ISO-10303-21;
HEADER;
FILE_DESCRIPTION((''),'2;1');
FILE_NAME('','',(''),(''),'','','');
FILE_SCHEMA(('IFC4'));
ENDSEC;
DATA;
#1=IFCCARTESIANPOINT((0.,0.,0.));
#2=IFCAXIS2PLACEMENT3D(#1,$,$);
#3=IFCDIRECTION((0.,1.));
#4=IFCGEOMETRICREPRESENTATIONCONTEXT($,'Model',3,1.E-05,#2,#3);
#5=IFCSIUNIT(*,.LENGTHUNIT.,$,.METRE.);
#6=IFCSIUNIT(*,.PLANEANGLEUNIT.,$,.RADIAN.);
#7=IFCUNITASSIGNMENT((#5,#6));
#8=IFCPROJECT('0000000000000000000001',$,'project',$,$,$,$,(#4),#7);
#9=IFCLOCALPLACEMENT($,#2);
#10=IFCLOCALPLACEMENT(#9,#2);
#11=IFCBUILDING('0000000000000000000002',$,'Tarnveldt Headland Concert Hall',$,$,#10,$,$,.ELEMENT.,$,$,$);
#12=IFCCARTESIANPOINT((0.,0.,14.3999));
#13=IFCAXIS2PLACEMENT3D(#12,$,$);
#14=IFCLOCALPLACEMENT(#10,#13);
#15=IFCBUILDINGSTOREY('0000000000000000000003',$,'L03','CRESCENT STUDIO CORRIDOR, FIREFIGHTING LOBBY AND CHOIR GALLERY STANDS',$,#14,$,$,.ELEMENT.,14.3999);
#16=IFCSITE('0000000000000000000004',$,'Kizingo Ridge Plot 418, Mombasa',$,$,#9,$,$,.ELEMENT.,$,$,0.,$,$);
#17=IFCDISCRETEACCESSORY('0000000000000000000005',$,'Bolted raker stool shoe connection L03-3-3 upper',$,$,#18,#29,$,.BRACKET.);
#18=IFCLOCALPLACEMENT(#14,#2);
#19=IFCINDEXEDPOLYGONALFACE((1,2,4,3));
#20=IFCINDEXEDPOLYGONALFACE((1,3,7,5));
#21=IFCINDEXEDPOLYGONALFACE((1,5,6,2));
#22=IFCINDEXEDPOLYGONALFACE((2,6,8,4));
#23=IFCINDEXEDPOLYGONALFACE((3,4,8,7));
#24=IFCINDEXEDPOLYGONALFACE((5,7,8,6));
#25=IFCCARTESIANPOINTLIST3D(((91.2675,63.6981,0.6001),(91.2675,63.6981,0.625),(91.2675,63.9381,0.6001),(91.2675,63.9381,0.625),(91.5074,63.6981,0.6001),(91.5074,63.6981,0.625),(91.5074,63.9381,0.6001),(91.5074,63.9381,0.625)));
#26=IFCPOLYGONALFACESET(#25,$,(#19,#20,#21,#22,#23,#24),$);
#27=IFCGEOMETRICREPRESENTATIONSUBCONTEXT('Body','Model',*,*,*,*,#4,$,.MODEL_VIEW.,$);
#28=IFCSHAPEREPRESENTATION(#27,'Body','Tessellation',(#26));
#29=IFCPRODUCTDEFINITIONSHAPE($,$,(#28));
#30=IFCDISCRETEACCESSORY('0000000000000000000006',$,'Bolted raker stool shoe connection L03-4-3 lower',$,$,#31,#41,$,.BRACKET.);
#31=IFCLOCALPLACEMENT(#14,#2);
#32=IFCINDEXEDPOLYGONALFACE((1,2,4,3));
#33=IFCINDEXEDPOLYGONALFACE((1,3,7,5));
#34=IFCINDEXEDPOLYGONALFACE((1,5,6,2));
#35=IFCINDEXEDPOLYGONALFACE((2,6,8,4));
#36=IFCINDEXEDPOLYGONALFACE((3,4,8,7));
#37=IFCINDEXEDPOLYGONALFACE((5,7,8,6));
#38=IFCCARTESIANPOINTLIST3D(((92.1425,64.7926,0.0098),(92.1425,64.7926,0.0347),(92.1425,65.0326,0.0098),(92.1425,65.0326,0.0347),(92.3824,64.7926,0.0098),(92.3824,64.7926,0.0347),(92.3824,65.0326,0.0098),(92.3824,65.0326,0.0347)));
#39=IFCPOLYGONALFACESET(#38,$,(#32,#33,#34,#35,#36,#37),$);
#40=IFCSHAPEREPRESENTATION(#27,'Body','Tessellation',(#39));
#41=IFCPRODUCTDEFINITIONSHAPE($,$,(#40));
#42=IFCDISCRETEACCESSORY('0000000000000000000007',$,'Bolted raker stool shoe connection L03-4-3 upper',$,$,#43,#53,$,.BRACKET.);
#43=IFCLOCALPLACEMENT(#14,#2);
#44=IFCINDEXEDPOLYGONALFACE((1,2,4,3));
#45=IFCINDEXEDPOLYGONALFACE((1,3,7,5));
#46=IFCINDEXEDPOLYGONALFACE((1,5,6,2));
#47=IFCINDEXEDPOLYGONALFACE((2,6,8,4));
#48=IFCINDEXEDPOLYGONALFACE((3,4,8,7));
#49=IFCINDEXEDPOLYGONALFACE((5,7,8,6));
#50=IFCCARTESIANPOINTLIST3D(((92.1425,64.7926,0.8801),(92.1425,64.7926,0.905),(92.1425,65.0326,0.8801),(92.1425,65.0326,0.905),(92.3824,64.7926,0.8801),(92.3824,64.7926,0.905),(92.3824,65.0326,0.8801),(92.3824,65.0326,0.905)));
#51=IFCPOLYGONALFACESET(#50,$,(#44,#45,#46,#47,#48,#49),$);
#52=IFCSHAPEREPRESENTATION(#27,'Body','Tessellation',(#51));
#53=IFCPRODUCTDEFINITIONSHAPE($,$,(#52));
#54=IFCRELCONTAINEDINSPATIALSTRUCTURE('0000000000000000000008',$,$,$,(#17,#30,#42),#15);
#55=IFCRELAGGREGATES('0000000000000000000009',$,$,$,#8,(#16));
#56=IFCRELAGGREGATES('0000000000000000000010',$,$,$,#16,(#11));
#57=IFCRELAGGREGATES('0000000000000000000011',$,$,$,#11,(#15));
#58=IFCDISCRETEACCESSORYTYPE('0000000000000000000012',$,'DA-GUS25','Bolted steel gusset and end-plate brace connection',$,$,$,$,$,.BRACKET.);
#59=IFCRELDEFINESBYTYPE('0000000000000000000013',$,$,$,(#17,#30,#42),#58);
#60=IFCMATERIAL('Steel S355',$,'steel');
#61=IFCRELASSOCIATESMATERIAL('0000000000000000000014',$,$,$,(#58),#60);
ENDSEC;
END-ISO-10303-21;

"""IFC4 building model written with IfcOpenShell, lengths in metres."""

from ifc_helpers import new_model, si_unit, direction, frame, origin, origin_2d, place, context, subcontext, project, spatial, rectangle, extrude, material, type_object, element, save


model = new_model("IFC4")

# Units and contexts
model_context = context("Model", 3, precision=1e-05, world=origin(), true_north=direction((0.0, 1.0)))
body_context = subcontext(model_context, "Body", "Model", "MODEL_VIEW")
ifc_project = project(units=[si_unit("LENGTHUNIT", "METRE"), si_unit("PLANEANGLEUNIT", "RADIAN")], contexts=[model_context])

# Site, building, storey
site_placement = place(None, origin())
site = spatial("IfcSite", under=ifc_project, at=site_placement, Name="Kizingo Ridge Plot 418, Mombasa", CompositionType="ELEMENT", RefElevation=0.0)
building_placement = place(site_placement, origin())
building = spatial("IfcBuilding", under=site, at=building_placement, Name="Tarnveldt Headland Concert Hall", CompositionType="ELEMENT")
storey_placement = place(building_placement, frame((0.0, 0.0, 14.3999)))
storey = spatial("IfcBuildingStorey", under=building, at=storey_placement, Name="L03", Description="CRESCENT STUDIO CORRIDOR, FIREFIGHTING LOBBY AND CHOIR GALLERY STANDS", CompositionType="ELEMENT", Elevation=14.3999)

# Shared definitions
ifc_material_1 = material(Name="Steel S355", Category="steel")

# Discrete accessories
discrete_accessory_type = type_object("IfcDiscreteAccessoryType", Name="DA-GUS25", Description="Bolted steel gusset and end-plate brace connection", PredefinedType="BRACKET", material=ifc_material_1)
for number, where, z_axis, x_axis, name in (
    (1, (91.3875, 63.8181, 0.6001), (0.0, 0.0, 1.0), (1.0, 0.0, 0.0), "Bolted raker stool shoe connection L03-3-3 upper"),
    (2, (92.2625, 64.9126, 0.0098), (0.0, 0.0, 1.0), (1.0, 0.0, 0.0), "Bolted raker stool shoe connection L03-4-3 lower"),
    (3, (92.2625, 64.9126, 0.8801), (0.0, 0.0, 1.0), (1.0, 0.0, 0.0), "Bolted raker stool shoe connection L03-4-3 upper"),
):
    element("IfcDiscreteAccessory", number, at=place(storey_placement, frame(where, z_axis=z_axis, x_axis=x_axis)), inside=storey, type_object=discrete_accessory_type, Name=name, PredefinedType="BRACKET", context=body_context, shape_type="SweptSolid", body=[
        extrude(rectangle(XDim=0.24, YDim=0.24, at=origin_2d()), origin(), (0.0, 0.0, 1.0), 0.0249),
    ])

save(model, "model.ifc")
